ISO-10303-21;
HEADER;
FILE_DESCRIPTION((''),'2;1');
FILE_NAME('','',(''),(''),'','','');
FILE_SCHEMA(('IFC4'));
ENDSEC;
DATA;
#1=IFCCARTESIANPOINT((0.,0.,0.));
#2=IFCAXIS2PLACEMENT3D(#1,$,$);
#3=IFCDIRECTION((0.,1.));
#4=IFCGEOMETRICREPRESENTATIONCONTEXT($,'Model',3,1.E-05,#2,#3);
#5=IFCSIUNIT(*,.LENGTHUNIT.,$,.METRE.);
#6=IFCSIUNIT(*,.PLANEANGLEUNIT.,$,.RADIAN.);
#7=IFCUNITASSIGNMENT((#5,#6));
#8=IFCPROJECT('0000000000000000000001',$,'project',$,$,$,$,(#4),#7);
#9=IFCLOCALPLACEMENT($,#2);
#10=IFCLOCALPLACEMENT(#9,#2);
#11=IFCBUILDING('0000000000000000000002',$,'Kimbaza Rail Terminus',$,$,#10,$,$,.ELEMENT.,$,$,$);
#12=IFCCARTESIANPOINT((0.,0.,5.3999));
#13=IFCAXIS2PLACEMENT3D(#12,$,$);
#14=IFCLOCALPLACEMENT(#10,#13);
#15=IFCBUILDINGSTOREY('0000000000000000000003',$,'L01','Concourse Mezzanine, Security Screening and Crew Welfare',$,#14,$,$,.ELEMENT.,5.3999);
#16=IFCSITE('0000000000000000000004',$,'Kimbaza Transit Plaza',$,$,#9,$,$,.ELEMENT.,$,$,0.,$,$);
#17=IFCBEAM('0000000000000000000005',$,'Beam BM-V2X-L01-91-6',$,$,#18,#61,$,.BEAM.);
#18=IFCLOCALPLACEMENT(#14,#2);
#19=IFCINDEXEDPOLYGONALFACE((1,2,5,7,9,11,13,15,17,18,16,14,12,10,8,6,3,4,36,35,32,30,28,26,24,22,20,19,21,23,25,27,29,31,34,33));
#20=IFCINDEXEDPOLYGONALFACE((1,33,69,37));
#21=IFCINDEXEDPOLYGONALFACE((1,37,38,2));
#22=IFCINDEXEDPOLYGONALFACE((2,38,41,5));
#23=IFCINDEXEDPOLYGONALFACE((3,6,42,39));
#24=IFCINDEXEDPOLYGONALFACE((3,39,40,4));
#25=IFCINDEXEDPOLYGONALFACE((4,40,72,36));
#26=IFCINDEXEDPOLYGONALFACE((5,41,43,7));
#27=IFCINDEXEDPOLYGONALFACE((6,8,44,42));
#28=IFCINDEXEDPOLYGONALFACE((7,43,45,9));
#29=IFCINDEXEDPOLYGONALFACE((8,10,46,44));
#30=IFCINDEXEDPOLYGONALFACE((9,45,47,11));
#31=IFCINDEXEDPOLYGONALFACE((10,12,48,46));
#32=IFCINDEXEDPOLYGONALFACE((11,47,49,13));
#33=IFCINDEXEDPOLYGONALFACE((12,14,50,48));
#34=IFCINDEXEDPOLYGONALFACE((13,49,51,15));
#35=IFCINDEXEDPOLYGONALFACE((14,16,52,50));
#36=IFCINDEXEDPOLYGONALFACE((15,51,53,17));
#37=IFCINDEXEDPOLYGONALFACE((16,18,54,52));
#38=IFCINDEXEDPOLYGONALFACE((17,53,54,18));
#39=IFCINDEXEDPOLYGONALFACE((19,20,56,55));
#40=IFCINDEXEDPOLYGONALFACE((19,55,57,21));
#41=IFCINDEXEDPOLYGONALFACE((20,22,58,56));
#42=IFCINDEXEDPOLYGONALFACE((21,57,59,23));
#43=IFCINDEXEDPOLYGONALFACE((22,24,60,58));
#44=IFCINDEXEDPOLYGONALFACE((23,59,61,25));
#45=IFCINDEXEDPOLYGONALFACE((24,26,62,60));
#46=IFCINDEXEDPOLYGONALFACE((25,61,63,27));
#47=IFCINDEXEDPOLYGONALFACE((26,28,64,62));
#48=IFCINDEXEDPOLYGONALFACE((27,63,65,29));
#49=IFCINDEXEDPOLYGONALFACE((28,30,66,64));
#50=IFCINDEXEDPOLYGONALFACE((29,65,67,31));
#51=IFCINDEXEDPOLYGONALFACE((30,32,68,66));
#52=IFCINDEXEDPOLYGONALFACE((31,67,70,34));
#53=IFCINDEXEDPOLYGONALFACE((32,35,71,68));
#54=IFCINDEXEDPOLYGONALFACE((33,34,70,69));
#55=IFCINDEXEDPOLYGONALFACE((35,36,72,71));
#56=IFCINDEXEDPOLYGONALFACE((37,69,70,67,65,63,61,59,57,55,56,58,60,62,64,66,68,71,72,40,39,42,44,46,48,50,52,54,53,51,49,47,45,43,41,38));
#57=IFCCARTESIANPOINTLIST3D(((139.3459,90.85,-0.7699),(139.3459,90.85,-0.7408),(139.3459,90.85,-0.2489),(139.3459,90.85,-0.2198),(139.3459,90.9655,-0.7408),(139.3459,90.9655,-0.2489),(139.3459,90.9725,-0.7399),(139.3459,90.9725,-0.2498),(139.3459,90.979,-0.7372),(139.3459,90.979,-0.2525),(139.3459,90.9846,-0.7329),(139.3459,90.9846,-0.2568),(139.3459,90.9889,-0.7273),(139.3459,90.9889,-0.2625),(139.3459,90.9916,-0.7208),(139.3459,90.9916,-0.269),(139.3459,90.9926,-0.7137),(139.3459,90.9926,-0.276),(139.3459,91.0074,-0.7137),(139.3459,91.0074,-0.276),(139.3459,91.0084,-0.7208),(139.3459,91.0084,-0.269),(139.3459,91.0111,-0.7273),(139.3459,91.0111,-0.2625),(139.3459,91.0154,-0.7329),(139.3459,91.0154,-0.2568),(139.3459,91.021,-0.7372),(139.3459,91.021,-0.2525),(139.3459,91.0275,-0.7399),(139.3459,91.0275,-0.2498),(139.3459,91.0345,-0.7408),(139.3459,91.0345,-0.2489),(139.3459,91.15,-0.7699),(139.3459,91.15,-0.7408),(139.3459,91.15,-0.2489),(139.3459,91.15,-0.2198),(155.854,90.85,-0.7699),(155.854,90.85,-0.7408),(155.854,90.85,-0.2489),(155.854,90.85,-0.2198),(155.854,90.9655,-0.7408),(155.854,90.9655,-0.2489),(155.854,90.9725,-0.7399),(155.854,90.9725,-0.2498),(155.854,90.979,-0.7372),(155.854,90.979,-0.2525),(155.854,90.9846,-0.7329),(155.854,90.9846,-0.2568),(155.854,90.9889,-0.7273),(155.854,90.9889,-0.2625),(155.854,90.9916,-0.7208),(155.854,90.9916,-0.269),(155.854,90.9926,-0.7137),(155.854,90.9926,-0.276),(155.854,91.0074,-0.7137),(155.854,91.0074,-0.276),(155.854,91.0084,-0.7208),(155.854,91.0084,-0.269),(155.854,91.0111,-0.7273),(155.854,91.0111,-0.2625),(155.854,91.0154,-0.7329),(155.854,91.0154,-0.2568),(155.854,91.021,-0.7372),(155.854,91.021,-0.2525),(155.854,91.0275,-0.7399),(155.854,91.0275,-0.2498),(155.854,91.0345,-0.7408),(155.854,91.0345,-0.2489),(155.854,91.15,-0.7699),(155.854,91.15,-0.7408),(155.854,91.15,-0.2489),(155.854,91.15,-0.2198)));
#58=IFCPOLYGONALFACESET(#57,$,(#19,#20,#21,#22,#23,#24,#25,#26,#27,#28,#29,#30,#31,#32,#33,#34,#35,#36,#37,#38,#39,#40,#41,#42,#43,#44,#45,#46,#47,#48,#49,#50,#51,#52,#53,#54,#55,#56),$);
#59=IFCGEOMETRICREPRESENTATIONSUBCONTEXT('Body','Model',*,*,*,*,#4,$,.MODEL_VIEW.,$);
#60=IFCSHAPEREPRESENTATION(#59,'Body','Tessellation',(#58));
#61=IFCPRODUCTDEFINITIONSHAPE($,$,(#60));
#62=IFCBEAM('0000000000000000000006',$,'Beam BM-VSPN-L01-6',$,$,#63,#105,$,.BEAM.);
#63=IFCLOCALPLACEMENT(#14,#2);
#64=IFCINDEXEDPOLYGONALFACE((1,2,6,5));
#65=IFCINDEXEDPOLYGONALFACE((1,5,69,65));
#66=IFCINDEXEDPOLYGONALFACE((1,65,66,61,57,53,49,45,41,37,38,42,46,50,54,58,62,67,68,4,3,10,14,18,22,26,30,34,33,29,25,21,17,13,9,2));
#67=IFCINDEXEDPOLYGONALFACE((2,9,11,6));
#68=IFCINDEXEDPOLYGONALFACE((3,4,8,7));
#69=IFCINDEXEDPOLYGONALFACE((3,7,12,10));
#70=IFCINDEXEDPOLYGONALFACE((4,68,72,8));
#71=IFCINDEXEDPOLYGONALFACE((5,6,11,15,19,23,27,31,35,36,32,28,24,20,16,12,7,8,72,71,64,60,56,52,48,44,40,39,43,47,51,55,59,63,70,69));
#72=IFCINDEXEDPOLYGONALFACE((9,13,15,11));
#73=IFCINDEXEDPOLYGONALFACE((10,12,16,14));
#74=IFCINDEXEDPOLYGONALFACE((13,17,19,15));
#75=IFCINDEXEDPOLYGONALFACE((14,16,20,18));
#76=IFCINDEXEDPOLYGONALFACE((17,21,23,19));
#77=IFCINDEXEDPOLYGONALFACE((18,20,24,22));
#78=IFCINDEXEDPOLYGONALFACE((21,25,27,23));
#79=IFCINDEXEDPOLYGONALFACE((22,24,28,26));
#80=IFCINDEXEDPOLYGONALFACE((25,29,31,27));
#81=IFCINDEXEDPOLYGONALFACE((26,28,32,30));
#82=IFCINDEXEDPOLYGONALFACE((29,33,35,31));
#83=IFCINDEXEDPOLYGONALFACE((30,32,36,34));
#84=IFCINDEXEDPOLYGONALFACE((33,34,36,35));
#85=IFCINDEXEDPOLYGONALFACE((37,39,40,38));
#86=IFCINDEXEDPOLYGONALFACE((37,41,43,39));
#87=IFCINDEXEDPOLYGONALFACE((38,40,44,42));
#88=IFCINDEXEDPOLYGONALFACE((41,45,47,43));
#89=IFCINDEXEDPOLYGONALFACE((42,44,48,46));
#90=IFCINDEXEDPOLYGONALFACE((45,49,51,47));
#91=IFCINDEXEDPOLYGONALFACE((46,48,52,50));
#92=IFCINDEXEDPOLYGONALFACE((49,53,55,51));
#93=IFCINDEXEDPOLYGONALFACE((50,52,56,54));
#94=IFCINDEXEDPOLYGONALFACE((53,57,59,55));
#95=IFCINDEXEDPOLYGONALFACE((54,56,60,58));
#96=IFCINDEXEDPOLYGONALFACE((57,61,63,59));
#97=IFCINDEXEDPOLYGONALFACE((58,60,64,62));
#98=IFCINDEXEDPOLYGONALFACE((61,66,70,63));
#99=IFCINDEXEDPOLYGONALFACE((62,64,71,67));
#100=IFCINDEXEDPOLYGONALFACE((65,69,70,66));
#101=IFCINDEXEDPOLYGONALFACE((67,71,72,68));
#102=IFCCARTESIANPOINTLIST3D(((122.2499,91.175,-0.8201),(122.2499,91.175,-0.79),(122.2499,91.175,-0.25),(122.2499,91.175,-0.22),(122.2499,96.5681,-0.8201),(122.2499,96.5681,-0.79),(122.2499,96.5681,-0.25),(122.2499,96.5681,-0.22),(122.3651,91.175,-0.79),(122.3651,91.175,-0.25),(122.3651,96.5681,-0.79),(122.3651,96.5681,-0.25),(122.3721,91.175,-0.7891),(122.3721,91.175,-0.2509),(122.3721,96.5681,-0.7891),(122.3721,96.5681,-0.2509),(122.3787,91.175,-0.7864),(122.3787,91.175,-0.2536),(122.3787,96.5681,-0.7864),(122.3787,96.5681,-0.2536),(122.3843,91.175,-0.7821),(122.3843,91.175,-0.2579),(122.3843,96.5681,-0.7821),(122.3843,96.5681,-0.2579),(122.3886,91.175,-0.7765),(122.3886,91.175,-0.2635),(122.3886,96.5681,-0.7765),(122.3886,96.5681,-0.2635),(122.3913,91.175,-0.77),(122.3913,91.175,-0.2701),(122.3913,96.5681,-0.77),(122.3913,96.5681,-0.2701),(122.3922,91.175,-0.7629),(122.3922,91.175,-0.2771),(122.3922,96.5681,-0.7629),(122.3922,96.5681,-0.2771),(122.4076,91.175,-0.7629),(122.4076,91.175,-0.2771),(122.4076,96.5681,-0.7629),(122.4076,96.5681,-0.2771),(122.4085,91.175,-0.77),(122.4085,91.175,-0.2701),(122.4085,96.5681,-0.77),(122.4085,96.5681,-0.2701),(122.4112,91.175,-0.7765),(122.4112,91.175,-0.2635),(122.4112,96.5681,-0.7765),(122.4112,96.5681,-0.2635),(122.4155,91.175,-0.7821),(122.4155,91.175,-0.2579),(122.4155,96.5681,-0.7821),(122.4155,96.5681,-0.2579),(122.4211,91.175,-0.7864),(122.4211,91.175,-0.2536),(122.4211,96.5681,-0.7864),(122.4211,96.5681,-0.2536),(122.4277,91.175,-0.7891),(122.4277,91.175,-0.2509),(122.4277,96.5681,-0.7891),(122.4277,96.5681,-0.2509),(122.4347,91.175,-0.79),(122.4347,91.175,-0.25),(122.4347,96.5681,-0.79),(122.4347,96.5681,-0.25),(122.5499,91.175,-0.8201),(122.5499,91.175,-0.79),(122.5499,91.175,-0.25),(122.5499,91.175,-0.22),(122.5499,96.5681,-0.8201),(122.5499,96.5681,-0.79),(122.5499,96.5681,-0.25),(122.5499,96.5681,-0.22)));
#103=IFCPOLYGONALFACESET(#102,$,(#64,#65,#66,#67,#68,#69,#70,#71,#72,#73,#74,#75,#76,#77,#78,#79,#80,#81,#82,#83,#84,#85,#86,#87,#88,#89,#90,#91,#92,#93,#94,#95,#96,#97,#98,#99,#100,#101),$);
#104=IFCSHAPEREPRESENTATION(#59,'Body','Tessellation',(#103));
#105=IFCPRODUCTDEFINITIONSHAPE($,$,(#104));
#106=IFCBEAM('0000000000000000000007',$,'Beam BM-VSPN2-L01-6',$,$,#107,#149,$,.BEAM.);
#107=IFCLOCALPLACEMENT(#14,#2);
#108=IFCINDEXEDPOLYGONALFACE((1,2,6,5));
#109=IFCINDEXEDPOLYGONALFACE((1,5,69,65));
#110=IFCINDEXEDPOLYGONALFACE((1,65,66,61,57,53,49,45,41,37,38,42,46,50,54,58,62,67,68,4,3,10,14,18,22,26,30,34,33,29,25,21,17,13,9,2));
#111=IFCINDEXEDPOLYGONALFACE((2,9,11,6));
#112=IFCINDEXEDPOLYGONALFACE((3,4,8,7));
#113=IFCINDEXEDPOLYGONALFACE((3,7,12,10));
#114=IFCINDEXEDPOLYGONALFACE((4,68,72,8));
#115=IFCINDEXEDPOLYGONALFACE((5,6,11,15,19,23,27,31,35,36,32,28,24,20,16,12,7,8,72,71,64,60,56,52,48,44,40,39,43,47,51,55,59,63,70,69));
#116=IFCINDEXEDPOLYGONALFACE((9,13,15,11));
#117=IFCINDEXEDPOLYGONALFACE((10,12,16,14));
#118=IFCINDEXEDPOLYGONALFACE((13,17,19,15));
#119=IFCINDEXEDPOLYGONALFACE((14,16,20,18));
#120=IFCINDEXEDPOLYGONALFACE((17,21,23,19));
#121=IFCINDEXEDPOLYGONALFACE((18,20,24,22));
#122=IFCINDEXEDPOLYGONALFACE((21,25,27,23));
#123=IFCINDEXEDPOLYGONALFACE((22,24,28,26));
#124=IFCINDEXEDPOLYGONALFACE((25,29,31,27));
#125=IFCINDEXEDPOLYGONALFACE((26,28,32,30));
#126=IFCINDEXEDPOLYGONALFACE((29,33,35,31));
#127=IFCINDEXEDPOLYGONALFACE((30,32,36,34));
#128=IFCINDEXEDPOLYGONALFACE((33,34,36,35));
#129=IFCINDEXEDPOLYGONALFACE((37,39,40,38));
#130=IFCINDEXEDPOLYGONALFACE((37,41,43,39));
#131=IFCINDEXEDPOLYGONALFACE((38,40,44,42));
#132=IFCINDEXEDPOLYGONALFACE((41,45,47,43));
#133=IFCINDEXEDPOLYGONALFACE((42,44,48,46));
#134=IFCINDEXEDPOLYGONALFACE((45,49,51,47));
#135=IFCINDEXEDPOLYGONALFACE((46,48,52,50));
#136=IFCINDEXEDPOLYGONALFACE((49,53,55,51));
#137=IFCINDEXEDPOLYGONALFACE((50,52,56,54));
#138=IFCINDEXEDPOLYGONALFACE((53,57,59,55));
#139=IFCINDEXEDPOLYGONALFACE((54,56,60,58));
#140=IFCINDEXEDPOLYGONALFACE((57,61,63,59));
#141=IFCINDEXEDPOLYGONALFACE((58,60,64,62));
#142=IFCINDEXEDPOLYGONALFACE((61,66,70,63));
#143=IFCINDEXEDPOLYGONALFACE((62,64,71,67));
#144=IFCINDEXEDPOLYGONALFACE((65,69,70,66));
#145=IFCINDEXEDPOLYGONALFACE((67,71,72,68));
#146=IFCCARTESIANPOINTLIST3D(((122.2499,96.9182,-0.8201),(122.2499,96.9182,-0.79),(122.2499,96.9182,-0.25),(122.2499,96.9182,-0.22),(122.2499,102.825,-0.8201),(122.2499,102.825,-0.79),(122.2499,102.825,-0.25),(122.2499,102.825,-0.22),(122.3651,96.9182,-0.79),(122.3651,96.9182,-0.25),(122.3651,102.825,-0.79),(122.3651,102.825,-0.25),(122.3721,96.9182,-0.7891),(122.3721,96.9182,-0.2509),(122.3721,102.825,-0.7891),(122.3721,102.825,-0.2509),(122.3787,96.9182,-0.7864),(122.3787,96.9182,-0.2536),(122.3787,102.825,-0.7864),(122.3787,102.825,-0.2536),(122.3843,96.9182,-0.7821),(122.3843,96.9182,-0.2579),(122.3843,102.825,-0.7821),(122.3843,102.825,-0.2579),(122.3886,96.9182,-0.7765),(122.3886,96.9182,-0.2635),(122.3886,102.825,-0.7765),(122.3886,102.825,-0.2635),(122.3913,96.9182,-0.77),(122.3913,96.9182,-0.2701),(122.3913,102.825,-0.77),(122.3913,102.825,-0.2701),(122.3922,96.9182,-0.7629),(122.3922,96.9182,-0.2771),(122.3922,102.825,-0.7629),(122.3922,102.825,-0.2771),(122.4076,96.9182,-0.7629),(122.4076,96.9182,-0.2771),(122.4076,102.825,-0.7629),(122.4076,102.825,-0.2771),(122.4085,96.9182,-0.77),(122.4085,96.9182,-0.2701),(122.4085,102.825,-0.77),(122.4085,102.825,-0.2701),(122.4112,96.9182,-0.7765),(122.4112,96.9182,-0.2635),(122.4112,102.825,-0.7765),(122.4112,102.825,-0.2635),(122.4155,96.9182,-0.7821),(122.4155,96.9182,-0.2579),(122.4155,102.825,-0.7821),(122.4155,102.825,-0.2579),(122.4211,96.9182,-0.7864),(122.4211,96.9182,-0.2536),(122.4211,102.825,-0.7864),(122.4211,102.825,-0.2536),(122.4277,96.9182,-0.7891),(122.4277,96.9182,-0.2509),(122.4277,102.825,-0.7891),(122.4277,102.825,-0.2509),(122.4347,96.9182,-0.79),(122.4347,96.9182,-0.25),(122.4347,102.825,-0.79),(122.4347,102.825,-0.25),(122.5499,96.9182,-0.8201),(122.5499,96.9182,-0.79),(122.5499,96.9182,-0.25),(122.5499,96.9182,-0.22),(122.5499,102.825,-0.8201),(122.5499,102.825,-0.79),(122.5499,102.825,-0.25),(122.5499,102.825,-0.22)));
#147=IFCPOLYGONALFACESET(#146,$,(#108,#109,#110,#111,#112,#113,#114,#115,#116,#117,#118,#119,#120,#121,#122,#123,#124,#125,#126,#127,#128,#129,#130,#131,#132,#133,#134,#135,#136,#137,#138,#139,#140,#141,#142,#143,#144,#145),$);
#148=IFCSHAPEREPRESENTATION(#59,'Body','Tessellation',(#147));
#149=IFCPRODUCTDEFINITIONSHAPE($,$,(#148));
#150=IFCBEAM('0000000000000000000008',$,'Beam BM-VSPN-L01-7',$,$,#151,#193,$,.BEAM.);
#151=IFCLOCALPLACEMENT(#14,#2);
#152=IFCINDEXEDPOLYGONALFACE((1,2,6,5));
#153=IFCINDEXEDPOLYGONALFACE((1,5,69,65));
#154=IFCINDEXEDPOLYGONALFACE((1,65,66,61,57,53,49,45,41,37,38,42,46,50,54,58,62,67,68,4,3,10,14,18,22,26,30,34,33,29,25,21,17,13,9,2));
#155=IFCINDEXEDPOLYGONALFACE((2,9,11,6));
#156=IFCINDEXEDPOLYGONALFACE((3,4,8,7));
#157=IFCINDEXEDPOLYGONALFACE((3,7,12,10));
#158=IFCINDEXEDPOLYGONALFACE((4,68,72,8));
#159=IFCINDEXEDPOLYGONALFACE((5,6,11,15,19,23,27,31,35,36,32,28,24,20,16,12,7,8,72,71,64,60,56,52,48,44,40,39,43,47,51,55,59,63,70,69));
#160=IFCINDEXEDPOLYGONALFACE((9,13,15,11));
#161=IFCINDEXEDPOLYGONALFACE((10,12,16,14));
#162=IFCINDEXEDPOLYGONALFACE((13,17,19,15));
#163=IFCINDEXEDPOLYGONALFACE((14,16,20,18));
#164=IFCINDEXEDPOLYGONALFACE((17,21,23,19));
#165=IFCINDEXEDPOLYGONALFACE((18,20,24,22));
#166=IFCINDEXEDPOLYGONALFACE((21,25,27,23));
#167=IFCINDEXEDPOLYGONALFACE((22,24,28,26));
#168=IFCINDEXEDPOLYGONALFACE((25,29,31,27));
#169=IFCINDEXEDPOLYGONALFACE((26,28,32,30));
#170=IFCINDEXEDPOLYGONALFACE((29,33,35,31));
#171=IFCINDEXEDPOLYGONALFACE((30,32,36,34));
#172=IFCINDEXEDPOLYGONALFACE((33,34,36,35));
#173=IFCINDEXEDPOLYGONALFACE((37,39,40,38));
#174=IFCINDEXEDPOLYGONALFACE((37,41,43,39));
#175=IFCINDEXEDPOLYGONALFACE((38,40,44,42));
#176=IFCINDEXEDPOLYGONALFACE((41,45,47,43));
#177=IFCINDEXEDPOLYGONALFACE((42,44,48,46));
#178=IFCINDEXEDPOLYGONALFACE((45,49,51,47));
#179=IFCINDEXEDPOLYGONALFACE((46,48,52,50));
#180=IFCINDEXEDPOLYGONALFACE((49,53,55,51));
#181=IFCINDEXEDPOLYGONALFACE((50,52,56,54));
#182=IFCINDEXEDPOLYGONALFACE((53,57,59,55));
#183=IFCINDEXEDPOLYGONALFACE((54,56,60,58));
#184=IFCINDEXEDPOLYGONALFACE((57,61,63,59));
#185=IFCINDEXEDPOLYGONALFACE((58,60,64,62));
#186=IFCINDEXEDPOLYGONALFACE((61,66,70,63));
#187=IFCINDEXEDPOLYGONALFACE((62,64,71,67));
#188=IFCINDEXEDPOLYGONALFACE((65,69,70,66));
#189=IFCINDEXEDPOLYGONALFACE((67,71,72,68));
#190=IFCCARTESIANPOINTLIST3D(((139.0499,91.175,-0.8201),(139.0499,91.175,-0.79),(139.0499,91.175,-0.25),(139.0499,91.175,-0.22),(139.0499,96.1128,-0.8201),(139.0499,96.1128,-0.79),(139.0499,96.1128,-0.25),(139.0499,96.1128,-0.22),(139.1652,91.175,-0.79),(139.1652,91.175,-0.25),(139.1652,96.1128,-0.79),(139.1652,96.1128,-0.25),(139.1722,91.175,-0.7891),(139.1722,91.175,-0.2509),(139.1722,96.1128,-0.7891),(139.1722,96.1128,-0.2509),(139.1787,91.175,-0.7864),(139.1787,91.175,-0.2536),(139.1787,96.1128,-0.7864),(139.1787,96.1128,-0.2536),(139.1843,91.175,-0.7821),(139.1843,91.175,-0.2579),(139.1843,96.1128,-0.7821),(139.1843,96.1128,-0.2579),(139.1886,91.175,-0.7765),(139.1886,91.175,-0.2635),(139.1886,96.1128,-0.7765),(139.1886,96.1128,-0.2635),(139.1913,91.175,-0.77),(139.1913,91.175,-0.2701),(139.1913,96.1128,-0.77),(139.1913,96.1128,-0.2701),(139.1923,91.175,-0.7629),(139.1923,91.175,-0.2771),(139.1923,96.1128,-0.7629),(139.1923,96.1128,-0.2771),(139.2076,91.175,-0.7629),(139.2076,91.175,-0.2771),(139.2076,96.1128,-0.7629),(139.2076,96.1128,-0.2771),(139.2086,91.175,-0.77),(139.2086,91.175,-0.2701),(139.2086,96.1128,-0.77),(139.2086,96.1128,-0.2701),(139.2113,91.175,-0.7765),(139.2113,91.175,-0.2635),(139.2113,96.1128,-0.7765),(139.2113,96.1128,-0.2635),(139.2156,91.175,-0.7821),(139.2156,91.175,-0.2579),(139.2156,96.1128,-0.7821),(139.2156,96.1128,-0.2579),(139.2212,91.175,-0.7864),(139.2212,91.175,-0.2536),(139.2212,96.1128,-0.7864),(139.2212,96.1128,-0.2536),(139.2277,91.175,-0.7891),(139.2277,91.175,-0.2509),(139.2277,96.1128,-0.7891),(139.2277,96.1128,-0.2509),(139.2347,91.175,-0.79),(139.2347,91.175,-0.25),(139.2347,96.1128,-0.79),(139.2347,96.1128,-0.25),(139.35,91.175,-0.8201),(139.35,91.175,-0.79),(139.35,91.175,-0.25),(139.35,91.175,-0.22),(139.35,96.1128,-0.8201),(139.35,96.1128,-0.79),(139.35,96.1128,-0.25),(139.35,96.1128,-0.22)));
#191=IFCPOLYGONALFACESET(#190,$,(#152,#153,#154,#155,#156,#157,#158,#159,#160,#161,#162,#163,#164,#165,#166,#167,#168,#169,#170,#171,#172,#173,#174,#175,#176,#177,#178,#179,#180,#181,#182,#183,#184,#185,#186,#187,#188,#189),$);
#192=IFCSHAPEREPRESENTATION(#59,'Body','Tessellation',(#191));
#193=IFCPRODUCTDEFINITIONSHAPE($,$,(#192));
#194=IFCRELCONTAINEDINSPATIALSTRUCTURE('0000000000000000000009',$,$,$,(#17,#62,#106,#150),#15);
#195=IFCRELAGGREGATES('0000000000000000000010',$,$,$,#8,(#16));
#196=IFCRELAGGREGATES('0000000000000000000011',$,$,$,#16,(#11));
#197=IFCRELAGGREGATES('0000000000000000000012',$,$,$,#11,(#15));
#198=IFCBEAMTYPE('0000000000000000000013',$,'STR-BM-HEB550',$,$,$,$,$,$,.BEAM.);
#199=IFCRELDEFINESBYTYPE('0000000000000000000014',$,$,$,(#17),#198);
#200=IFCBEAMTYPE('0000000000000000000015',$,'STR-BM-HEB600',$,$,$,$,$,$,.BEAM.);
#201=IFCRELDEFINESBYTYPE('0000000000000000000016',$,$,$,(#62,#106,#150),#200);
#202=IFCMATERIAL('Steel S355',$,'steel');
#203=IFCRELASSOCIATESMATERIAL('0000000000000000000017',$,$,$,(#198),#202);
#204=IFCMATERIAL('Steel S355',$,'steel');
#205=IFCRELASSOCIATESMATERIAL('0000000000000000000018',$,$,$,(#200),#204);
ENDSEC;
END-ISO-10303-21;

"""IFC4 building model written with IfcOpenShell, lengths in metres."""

from ifc_helpers import new_model, si_unit, direction, frame, origin, origin_2d, place, context, subcontext, project, spatial, i_section, extrude, material, material_profile, profile_set, type_object, element, save


model = new_model("IFC4")

# Units and contexts
model_context = context("Model", 3, precision=1e-05, world=origin(), true_north=direction((0.0, 1.0)))
body_context = subcontext(model_context, "Body", "Model", "MODEL_VIEW")
ifc_project = project(units=[si_unit("LENGTHUNIT", "METRE"), si_unit("PLANEANGLEUNIT", "RADIAN")], contexts=[model_context])

# Site, building, storey
site_placement = place(None, origin())
site = spatial("IfcSite", under=ifc_project, at=site_placement, Name="Kimbaza Transit Plaza", CompositionType="ELEMENT", RefElevation=0.0)
building_placement = place(site_placement, origin())
building = spatial("IfcBuilding", under=site, at=building_placement, Name="Kimbaza Rail Terminus", CompositionType="ELEMENT")
storey_placement = place(building_placement, frame((0.0, 0.0, 5.3999)))
storey = spatial("IfcBuildingStorey", under=building, at=storey_placement, Name="L01", Description="Concourse Mezzanine, Security Screening and Crew Welfare", CompositionType="ELEMENT", Elevation=5.3999)

# Beams
ifc_material_1 = material(Name="Steel S355", Category="steel")
ifc_material_profile_1 = material_profile(ifc_material_1, i_section(OverallWidth=0.3, OverallDepth=0.55, WebThickness=0.0149, FlangeThickness=0.0291, FilletRadius=0.0271, at=origin_2d()), Name="HEB 550")
ifc_profile_set_1 = profile_set([ifc_material_profile_1], Name="Steel S355")
beam_type_1 = type_object("IfcBeamType", Name="STR-BM-HEB550", PredefinedType="BEAM", material=ifc_profile_set_1)
for number, where, z_axis, x_axis, name in (
    (1, (139.3459, 91.0, -0.4949), (1.0, 0.0, 0.0), (0.0, 1.0, 0.0), "Beam BM-V2X-L01-91-6"),
):
    element("IfcBeam", number, at=place(storey_placement, frame(where, z_axis=z_axis, x_axis=x_axis)), inside=storey, type_object=beam_type_1, Name=name, PredefinedType="BEAM", context=body_context, shape_type="SweptSolid", body=[
        extrude(i_section(OverallWidth=0.3, OverallDepth=0.55, WebThickness=0.0149, FlangeThickness=0.0291, FilletRadius=0.0271, at=origin_2d()), origin(), (0.0, 0.0, 1.0), 16.5081),
    ])
ifc_material_2 = material(Name="Steel S355", Category="steel")
ifc_material_profile_2 = material_profile(ifc_material_2, i_section(OverallWidth=0.3, OverallDepth=0.6001, WebThickness=0.0154, FlangeThickness=0.03, FilletRadius=0.0271, at=origin_2d()), Name="HEB 600")
ifc_profile_set_2 = profile_set([ifc_material_profile_2], Name="Steel S355")
beam_type_2 = type_object("IfcBeamType", Name="STR-BM-HEB600", PredefinedType="BEAM", material=ifc_profile_set_2)
beam_1_placement = place(storey_placement, frame((122.3999, 91.175, -0.52), z_axis=(0.0, 1.0, 0.0), x_axis=(-1.0, 0.0, 0.0)))
element("IfcBeam", 2, at=beam_1_placement, inside=storey, type_object=beam_type_2, Name="Beam BM-VSPN-L01-6", PredefinedType="BEAM", context=body_context, shape_type="SweptSolid", body=[
    extrude(i_section(OverallWidth=0.3, OverallDepth=0.6001, WebThickness=0.0154, FlangeThickness=0.03, FilletRadius=0.0271, at=origin_2d()), origin(), (0.0, 0.0, 1.0), 5.3931),
])
beam_2_placement = place(storey_placement, frame((122.3999, 96.9182, -0.52), z_axis=(0.0, 1.0, 0.0), x_axis=(-1.0, 0.0, 0.0)))
element("IfcBeam", 3, at=beam_2_placement, inside=storey, type_object=beam_type_2, Name="Beam BM-VSPN2-L01-6", PredefinedType="BEAM", context=body_context, shape_type="SweptSolid", body=[
    extrude(i_section(OverallWidth=0.3, OverallDepth=0.6001, WebThickness=0.0154, FlangeThickness=0.03, FilletRadius=0.0271, at=origin_2d()), origin(), (0.0, 0.0, 1.0), 5.9067),
])
beam_3_placement = place(storey_placement, frame((139.2, 91.175, -0.52), z_axis=(0.0, 1.0, 0.0), x_axis=(-1.0, 0.0, 0.0)))
element("IfcBeam", 4, at=beam_3_placement, inside=storey, type_object=beam_type_2, Name="Beam BM-VSPN-L01-7", PredefinedType="BEAM", context=body_context, shape_type="SweptSolid", body=[
    extrude(i_section(OverallWidth=0.3, OverallDepth=0.6001, WebThickness=0.0154, FlangeThickness=0.03, FilletRadius=0.0271, at=origin_2d()), origin(), (0.0, 0.0, 1.0), 4.9377),
])

save(model, "model.ifc")
